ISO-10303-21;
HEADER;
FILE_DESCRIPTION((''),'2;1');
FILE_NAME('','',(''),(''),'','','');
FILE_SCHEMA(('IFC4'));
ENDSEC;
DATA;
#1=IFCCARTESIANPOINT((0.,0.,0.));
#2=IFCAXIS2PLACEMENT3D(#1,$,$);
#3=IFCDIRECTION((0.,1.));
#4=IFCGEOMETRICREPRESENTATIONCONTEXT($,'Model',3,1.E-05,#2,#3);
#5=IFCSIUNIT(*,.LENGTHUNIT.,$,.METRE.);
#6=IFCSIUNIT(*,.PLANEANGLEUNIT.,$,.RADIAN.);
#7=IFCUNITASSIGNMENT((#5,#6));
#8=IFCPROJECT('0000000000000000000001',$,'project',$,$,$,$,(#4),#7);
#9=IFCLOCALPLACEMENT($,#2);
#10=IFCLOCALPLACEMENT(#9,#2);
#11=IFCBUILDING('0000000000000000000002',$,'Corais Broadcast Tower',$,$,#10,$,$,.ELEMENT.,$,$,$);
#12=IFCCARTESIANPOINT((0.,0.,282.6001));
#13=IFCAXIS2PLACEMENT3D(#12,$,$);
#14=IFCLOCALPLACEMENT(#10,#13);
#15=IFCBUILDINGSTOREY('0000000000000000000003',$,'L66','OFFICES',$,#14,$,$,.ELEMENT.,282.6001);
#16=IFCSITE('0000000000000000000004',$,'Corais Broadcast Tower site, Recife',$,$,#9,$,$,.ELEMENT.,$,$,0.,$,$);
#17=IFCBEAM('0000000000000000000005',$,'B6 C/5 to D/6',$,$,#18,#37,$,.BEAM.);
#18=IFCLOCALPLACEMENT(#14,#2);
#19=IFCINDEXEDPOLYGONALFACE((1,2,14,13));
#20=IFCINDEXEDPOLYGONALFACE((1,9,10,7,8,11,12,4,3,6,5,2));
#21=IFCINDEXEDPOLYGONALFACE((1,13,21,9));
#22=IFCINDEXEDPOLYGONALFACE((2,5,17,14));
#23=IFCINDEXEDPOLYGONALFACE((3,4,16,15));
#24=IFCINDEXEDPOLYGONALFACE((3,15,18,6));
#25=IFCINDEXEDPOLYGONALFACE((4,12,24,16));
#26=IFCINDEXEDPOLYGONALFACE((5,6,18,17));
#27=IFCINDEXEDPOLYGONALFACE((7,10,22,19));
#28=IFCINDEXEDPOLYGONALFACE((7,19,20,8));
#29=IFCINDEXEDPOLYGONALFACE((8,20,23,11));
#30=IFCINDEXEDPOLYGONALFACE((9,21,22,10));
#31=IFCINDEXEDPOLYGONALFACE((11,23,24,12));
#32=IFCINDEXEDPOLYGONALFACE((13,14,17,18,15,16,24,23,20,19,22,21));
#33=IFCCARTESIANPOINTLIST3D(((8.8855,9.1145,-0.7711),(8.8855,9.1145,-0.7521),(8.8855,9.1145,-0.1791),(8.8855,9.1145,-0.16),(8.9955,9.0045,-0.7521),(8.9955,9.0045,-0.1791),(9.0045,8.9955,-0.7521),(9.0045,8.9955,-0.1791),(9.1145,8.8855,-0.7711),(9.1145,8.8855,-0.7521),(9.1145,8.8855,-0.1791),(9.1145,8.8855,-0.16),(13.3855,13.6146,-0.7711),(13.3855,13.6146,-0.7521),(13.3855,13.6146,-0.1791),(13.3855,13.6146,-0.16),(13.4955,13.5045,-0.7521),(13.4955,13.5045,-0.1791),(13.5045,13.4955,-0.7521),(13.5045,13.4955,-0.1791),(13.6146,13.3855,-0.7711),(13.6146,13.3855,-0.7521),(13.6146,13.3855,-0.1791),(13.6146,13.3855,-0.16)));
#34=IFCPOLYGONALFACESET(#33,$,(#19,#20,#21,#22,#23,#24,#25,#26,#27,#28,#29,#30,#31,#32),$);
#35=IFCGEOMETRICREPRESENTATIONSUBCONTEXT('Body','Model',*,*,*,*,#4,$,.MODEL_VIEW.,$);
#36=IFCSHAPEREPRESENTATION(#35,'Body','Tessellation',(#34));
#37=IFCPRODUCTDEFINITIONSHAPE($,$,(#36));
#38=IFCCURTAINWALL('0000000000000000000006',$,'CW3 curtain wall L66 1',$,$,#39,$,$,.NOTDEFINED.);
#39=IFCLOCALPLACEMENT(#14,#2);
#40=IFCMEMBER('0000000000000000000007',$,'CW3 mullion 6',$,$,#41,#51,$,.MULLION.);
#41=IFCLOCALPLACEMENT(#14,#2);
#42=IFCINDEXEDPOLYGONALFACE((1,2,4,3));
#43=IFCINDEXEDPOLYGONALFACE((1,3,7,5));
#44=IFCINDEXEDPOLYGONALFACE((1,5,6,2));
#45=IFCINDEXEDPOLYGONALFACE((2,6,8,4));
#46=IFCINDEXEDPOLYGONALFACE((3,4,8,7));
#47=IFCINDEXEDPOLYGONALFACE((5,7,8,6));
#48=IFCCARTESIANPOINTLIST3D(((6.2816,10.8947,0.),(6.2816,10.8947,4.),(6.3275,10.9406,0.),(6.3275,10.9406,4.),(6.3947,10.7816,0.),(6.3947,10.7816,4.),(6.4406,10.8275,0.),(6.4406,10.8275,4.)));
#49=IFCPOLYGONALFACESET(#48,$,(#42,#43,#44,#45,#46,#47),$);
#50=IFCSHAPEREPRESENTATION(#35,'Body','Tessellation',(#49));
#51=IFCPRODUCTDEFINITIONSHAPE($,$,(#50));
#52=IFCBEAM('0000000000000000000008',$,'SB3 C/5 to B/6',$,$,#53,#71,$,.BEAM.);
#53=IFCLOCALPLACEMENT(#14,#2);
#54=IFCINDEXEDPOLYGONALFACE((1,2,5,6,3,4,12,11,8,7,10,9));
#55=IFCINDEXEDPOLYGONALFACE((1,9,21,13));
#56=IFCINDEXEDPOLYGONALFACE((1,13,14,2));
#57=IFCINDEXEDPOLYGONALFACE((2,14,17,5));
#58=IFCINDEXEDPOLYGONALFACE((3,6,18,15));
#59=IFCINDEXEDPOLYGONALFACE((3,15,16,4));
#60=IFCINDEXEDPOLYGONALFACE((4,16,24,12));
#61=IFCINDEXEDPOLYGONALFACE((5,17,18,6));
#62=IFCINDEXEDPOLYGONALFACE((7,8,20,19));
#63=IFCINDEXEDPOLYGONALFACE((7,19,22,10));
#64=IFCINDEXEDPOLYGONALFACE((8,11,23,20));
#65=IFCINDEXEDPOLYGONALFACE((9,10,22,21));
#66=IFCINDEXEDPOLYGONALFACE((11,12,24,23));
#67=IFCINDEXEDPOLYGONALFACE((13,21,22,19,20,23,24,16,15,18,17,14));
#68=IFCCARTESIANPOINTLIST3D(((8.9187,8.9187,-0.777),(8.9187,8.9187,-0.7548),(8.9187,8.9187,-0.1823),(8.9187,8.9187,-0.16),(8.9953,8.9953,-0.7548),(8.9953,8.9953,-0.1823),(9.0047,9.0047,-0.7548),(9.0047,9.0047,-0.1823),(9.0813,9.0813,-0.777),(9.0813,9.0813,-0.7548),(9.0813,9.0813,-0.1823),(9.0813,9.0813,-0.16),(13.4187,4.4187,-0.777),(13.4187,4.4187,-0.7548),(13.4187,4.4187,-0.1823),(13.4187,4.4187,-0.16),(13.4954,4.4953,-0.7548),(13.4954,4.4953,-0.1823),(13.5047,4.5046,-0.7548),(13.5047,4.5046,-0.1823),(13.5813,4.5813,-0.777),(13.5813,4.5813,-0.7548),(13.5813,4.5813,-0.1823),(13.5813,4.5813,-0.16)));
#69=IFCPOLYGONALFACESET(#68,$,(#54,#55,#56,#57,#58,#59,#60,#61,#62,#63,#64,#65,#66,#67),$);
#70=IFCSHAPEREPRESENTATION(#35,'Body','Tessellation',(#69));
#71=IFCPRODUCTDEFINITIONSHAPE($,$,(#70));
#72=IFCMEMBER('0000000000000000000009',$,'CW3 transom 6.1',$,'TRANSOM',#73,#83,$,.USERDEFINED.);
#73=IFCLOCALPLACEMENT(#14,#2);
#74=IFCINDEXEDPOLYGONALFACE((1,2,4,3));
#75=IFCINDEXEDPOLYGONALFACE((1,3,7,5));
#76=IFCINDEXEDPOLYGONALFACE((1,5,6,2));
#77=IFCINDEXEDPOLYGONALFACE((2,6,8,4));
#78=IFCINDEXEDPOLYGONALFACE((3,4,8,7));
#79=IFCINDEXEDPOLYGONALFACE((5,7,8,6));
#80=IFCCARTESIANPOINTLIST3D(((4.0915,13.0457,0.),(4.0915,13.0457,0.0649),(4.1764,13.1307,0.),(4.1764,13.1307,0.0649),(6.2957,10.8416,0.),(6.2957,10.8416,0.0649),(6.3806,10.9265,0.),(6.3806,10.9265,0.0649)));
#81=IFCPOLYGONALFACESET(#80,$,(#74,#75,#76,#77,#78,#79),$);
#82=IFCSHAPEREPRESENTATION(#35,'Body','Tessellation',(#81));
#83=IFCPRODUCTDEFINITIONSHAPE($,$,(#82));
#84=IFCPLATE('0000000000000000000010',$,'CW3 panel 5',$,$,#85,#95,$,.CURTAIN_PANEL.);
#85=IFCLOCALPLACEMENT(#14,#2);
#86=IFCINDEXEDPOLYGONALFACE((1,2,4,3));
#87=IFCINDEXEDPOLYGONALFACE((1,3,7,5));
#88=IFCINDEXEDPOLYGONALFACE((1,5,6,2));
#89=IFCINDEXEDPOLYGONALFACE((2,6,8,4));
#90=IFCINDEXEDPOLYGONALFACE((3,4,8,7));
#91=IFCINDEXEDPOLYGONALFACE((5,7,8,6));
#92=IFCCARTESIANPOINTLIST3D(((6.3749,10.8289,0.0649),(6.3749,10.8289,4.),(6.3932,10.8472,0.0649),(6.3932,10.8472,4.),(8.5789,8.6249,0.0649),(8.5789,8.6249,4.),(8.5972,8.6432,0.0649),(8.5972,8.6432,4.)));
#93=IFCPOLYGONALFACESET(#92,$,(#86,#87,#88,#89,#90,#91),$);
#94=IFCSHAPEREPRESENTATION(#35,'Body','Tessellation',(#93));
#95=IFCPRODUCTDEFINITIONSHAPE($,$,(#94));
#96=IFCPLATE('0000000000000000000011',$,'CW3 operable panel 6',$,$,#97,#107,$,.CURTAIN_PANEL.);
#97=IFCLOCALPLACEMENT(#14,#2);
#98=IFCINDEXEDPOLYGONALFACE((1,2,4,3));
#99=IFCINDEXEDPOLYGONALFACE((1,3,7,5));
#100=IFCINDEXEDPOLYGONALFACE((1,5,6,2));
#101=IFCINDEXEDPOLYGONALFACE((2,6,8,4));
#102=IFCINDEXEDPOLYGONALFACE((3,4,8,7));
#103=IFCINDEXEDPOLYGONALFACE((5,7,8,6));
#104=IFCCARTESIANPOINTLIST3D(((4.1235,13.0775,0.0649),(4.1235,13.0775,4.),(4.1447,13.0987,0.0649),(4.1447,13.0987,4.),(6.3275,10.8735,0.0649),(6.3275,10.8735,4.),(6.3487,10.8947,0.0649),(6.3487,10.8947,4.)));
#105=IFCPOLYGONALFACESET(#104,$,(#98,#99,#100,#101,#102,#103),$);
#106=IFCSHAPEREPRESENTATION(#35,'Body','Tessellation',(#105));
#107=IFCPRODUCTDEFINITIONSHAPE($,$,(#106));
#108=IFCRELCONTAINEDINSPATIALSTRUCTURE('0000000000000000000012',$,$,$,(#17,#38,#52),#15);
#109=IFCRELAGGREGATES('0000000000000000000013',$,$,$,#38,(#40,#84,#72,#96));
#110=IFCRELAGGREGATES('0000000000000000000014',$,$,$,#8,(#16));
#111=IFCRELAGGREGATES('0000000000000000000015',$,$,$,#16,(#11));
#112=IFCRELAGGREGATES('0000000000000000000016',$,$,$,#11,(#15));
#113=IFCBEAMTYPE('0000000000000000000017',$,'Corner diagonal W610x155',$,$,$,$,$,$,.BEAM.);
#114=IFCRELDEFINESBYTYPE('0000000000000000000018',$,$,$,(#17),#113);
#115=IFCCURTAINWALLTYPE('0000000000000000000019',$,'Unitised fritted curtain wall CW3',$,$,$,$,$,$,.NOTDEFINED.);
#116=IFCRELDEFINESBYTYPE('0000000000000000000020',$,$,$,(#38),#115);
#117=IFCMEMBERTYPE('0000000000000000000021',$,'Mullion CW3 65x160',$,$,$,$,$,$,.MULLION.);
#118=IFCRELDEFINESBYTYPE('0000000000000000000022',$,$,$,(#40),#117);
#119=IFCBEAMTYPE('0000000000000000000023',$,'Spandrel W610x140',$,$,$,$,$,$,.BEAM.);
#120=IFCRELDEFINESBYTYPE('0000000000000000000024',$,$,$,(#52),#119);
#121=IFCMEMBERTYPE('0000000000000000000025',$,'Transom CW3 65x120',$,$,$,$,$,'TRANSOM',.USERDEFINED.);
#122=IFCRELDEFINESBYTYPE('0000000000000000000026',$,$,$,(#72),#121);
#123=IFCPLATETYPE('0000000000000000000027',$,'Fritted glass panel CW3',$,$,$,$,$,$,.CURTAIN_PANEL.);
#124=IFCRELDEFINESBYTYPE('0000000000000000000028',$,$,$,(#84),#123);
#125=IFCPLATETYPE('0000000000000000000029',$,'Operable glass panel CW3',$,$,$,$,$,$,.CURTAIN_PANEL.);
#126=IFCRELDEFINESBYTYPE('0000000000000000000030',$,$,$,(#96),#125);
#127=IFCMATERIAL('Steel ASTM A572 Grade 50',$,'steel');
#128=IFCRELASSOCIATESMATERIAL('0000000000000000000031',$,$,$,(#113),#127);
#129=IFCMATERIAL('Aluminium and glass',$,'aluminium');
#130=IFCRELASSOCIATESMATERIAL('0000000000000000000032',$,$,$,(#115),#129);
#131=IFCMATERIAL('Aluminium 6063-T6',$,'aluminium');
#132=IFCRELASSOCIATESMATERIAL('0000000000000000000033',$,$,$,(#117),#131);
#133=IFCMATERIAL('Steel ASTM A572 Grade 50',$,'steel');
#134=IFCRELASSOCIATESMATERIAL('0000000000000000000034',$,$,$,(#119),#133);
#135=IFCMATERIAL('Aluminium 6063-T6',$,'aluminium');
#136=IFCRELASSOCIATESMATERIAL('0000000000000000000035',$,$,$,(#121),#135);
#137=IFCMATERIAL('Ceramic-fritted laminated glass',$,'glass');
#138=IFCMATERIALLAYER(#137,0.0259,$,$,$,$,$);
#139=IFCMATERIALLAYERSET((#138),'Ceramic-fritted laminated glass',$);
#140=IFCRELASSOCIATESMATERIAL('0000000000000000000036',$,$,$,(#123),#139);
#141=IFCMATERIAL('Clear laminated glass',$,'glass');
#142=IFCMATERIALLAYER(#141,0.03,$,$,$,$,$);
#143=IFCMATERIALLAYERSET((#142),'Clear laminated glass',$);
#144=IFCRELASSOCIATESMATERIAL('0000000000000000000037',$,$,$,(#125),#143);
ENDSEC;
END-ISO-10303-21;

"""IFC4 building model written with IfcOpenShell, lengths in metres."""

from ifc_helpers import new_model, si_unit, direction, frame, origin, origin_2d, place, context, subcontext, project, spatial, rectangle, i_section, extrude, material, layer, layer_set, material_profile, profile_set, type_object, element, aggregate, save


model = new_model("IFC4")

# Units and contexts
model_context = context("Model", 3, precision=1e-05, world=origin(), true_north=direction((0.0, 1.0)))
body_context = subcontext(model_context, "Body", "Model", "MODEL_VIEW")
ifc_project = project(units=[si_unit("LENGTHUNIT", "METRE"), si_unit("PLANEANGLEUNIT", "RADIAN")], contexts=[model_context])

# Site, building, storey
site_placement = place(None, origin())
site = spatial("IfcSite", under=ifc_project, at=site_placement, Name="Corais Broadcast Tower site, Recife", CompositionType="ELEMENT", RefElevation=0.0)
building_placement = place(site_placement, origin())
building = spatial("IfcBuilding", under=site, at=building_placement, Name="Corais Broadcast Tower", CompositionType="ELEMENT")
storey_placement = place(building_placement, frame((0.0, 0.0, 282.6001)))
storey = spatial("IfcBuildingStorey", under=building, at=storey_placement, Name="L66", Description="OFFICES", CompositionType="ELEMENT", Elevation=282.6001)

# Beam
ifc_material_1 = material(Name="Steel ASTM A572 Grade 50", Category="steel")
ifc_material_profile_1 = material_profile(ifc_material_1, i_section(OverallWidth=0.324, OverallDepth=0.6111, WebThickness=0.0127, FlangeThickness=0.019, at=origin_2d()), Name="W610x155")
ifc_profile_set_1 = profile_set([ifc_material_profile_1], Name="Steel ASTM A572 Grade 50")
beam_type_1 = type_object("IfcBeamType", Name="Corner diagonal W610x155", PredefinedType="BEAM", material=ifc_profile_set_1)
beam_1_placement = place(storey_placement, frame((9.0, 9.0, -0.4656), z_axis=(0.707107, 0.707107, 0.0), x_axis=(-0.707107, 0.707107, 0.0)))
element("IfcBeam", 1, at=beam_1_placement, inside=storey, type_object=beam_type_1, Name="B6 C/5 to D/6", PredefinedType="BEAM", context=body_context, shape_type="SweptSolid", body=[
    extrude(i_section(OverallWidth=0.324, OverallDepth=0.6111, WebThickness=0.0127, FlangeThickness=0.019, at=origin_2d()), origin(), (0.0, 0.0, 1.0), 6.364),
])

# Curtain wall, member
ifc_material_2 = material(Name="Aluminium and glass", Category="aluminium")
curtain_wall_type = type_object("IfcCurtainWallType", Name="Unitised fritted curtain wall CW3", PredefinedType="NOTDEFINED", material=ifc_material_2)
curtain_wall_placement = place(storey_placement, origin())
curtain_wall = element("IfcCurtainWall", 2, at=curtain_wall_placement, inside=storey, type_object=curtain_wall_type, Name="CW3 curtain wall L66 1", PredefinedType="NOTDEFINED")
ifc_material_3 = material(Name="Aluminium 6063-T6", Category="aluminium")
ifc_material_profile_2 = material_profile(ifc_material_3, rectangle(XDim=0.0649, YDim=0.1599, at=origin_2d()), Name="Mullion CW3 65x160")
ifc_profile_set_2 = profile_set([ifc_material_profile_2], Name="Aluminium 6063-T6")
member_type_1 = type_object("IfcMemberType", Name="Mullion CW3 65x160", PredefinedType="MULLION", material=ifc_profile_set_2)
member_1_placement = place(storey_placement, frame((6.3611, 10.8611, 0.0), z_axis=(0.0, 0.0, 1.0), x_axis=(-0.707107, -0.707107, 0.0)))
member_1 = element("IfcMember", 3, at=member_1_placement, type_object=member_type_1, Name="CW3 mullion 6", PredefinedType="MULLION", context=body_context, shape_type="SweptSolid", body=[
    extrude(rectangle(XDim=0.0649, YDim=0.1599, at=origin_2d()), origin(), (0.0, 0.0, 1.0), 4.0),
])

# Beam
ifc_material_4 = material(Name="Steel ASTM A572 Grade 50", Category="steel")
ifc_material_profile_3 = material_profile(ifc_material_4, i_section(OverallWidth=0.23, OverallDepth=0.6169, WebThickness=0.0132, FlangeThickness=0.0222, at=origin_2d()), Name="W610x140")
ifc_profile_set_3 = profile_set([ifc_material_profile_3], Name="Steel ASTM A572 Grade 50")
beam_type_2 = type_object("IfcBeamType", Name="Spandrel W610x140", PredefinedType="BEAM", material=ifc_profile_set_3)
beam_2_placement = place(storey_placement, frame((9.0, 9.0, -0.4685), z_axis=(0.707107, -0.707107, 0.0), x_axis=(0.707107, 0.707107, 0.0)))
element("IfcBeam", 4, at=beam_2_placement, inside=storey, type_object=beam_type_2, Name="SB3 C/5 to B/6", PredefinedType="BEAM", context=body_context, shape_type="SweptSolid", body=[
    extrude(i_section(OverallWidth=0.23, OverallDepth=0.6169, WebThickness=0.0132, FlangeThickness=0.0222, at=origin_2d()), origin(), (0.0, 0.0, 1.0), 6.364),
])

# Member
ifc_material_5 = material(Name="Aluminium 6063-T6", Category="aluminium")
ifc_material_profile_4 = material_profile(ifc_material_5, rectangle(XDim=0.1201, YDim=0.0649, at=origin_2d()), Name="Transom CW3 65x120")
ifc_profile_set_4 = profile_set([ifc_material_profile_4], Name="Aluminium 6063-T6")
member_type_2 = type_object("IfcMemberType", Name="Transom CW3 65x120", ElementType="TRANSOM", PredefinedType="USERDEFINED", material=ifc_profile_set_4)
member_2_placement = place(storey_placement, frame((6.3381, 10.884, 0.0325), z_axis=(-0.707107, 0.707107, 0.0), x_axis=(-0.707107, -0.707107, 0.0)))
member_2 = element("IfcMember", 5, at=member_2_placement, type_object=member_type_2, Name="CW3 transom 6.1", ObjectType="TRANSOM", PredefinedType="USERDEFINED", context=body_context, shape_type="SweptSolid", body=[
    extrude(rectangle(XDim=0.1201, YDim=0.0649, at=origin_2d()), origin(), (0.0, 0.0, 1.0), 3.1172),
])

# Plates
ifc_material_6 = material(Name="Ceramic-fritted laminated glass", Category="glass")
ifc_layer_1 = layer(ifc_material_6, 0.0259)
ifc_layer_set_1 = layer_set([ifc_layer_1], Name="Ceramic-fritted laminated glass")
plate_type_1 = type_object("IfcPlateType", Name="Fritted glass panel CW3", PredefinedType="CURTAIN_PANEL", material=ifc_layer_set_1)
plate_1_placement = place(storey_placement, frame((7.4861, 9.7361, 0.0649), z_axis=(0.0, 0.0, 1.0), x_axis=(-0.707107, 0.707107, 0.0)))
plate_1 = element("IfcPlate", 6, at=plate_1_placement, type_object=plate_type_1, Name="CW3 panel 5", PredefinedType="CURTAIN_PANEL", context=body_context, shape_type="SweptSolid", body=[
    extrude(rectangle(XDim=3.1169, YDim=0.0259, at=origin_2d()), origin(), (0.0, 0.0, 1.0), 3.9351),
])
ifc_material_7 = material(Name="Clear laminated glass", Category="glass")
ifc_layer_2 = layer(ifc_material_7, 0.03)
ifc_layer_set_2 = layer_set([ifc_layer_2], Name="Clear laminated glass")
plate_type_2 = type_object("IfcPlateType", Name="Operable glass panel CW3", PredefinedType="CURTAIN_PANEL", material=ifc_layer_set_2)
plate_2_placement = place(storey_placement, frame((5.2361, 11.9861, 0.0649), z_axis=(0.0, 0.0, 1.0), x_axis=(-0.707107, 0.707107, 0.0)))
plate_2 = element("IfcPlate", 7, at=plate_2_placement, type_object=plate_type_2, Name="CW3 operable panel 6", PredefinedType="CURTAIN_PANEL", context=body_context, shape_type="SweptSolid", body=[
    extrude(rectangle(XDim=3.1169, YDim=0.03, at=origin_2d()), origin(), (0.0, 0.0, 1.0), 3.9351),
])
aggregate(curtain_wall, [member_1, plate_1, member_2, plate_2])

save(model, "model.ifc")
